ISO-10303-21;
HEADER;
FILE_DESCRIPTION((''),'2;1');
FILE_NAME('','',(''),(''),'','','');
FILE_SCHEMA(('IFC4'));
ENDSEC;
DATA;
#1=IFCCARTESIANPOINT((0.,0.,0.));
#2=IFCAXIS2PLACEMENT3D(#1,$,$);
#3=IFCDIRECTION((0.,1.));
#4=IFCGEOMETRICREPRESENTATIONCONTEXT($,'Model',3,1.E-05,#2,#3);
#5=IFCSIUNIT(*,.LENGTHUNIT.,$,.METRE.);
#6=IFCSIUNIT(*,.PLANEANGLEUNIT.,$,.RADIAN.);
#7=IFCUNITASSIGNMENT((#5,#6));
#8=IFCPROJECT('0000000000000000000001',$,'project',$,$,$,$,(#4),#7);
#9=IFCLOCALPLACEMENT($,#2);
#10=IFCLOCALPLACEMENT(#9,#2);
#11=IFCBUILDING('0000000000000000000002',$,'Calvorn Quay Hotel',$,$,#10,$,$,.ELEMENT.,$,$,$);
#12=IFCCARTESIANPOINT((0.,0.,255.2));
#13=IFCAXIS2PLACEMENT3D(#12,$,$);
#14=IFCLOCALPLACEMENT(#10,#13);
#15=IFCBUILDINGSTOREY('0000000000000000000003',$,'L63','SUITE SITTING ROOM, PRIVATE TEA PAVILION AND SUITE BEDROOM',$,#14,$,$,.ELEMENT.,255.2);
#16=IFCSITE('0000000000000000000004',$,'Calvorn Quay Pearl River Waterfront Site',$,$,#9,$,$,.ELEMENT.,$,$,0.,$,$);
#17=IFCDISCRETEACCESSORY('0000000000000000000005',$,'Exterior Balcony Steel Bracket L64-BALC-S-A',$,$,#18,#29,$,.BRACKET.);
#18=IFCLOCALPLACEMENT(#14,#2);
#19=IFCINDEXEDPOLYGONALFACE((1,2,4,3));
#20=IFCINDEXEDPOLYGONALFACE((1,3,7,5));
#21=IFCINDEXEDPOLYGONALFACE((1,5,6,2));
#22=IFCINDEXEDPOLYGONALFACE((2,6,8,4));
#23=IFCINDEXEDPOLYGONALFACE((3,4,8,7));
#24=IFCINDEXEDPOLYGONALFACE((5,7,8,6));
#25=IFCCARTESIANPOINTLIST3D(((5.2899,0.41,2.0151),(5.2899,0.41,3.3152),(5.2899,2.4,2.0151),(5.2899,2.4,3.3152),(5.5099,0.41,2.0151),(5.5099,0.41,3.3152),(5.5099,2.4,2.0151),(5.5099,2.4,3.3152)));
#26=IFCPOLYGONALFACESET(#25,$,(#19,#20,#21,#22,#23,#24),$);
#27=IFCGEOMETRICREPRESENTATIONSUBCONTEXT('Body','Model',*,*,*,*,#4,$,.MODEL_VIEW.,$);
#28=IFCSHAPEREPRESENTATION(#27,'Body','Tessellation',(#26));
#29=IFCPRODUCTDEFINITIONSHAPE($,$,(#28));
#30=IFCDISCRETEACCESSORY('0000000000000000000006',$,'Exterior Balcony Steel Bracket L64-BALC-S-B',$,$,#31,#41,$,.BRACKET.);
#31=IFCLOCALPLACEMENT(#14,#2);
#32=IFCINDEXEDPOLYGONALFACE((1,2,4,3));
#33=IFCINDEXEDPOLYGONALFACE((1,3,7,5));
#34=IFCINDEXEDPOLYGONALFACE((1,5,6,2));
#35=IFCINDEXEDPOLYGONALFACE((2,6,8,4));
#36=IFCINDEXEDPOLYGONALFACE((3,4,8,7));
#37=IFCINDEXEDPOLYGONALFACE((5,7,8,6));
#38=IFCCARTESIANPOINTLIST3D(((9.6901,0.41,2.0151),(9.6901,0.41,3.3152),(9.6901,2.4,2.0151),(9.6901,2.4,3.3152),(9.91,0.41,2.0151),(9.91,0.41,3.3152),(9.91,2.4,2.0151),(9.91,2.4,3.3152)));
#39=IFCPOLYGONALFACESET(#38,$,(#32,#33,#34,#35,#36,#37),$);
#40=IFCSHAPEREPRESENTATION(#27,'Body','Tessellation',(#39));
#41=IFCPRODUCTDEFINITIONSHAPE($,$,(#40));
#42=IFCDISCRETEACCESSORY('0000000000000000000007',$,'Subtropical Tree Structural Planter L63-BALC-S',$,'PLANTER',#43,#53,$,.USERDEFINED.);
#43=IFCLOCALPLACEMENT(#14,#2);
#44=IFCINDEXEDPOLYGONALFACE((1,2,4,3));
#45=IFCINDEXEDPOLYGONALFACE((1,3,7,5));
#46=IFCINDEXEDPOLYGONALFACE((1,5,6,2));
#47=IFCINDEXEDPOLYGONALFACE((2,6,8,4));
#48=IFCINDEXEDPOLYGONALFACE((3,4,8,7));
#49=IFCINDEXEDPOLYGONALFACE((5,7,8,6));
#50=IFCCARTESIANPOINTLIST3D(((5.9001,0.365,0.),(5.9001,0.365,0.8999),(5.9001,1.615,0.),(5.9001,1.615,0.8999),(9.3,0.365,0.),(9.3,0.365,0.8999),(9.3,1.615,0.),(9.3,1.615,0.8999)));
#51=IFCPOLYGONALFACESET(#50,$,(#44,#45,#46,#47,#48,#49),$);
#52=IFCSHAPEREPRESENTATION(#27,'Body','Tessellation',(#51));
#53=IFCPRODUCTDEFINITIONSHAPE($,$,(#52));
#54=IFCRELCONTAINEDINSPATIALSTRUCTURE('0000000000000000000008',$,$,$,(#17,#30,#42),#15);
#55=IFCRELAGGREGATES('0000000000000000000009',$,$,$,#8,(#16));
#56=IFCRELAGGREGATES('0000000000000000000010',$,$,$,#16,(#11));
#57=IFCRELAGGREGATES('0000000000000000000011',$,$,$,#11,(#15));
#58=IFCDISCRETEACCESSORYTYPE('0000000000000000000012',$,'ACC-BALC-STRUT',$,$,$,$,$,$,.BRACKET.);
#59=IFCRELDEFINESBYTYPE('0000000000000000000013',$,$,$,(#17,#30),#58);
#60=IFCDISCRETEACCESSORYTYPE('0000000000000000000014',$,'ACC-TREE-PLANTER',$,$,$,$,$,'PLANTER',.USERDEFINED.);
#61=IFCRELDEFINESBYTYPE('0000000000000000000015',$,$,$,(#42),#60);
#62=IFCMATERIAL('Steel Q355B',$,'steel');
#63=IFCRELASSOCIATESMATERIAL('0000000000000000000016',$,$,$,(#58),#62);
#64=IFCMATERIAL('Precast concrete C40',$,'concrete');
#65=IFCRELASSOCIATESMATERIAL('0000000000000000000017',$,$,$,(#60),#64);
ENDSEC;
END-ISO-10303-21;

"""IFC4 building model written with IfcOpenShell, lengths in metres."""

from ifc_helpers import new_model, si_unit, direction, frame, origin, origin_2d, place, context, subcontext, project, spatial, rectangle, extrude, material, type_object, element, save


model = new_model("IFC4")

# Units and contexts
model_context = context("Model", 3, precision=1e-05, world=origin(), true_north=direction((0.0, 1.0)))
body_context = subcontext(model_context, "Body", "Model", "MODEL_VIEW")
ifc_project = project(units=[si_unit("LENGTHUNIT", "METRE"), si_unit("PLANEANGLEUNIT", "RADIAN")], contexts=[model_context])

# Site, building, storey
site_placement = place(None, origin())
site = spatial("IfcSite", under=ifc_project, at=site_placement, Name="Calvorn Quay Pearl River Waterfront Site", CompositionType="ELEMENT", RefElevation=0.0)
building_placement = place(site_placement, origin())
building = spatial("IfcBuilding", under=site, at=building_placement, Name="Calvorn Quay Hotel", CompositionType="ELEMENT")
storey_placement = place(building_placement, frame((0.0, 0.0, 255.2)))
storey = spatial("IfcBuildingStorey", under=building, at=storey_placement, Name="L63", Description="SUITE SITTING ROOM, PRIVATE TEA PAVILION AND SUITE BEDROOM", CompositionType="ELEMENT", Elevation=255.2)

# Discrete accessories
ifc_material_1 = material(Name="Steel Q355B", Category="steel")
discrete_accessory_type_1 = type_object("IfcDiscreteAccessoryType", Name="ACC-BALC-STRUT", PredefinedType="BRACKET", material=ifc_material_1)
for number, where, z_axis, x_axis, name in (
    (1, (5.3999, 1.405, 2.0151), (0.0, 0.0, 1.0), (1.0, 0.0, 0.0), "Exterior Balcony Steel Bracket L64-BALC-S-A"),
    (2, (9.8, 1.405, 2.0151), (0.0, 0.0, 1.0), (1.0, 0.0, 0.0), "Exterior Balcony Steel Bracket L64-BALC-S-B"),
):
    element("IfcDiscreteAccessory", number, at=place(storey_placement, frame(where, z_axis=z_axis, x_axis=x_axis)), inside=storey, type_object=discrete_accessory_type_1, Name=name, PredefinedType="BRACKET", context=body_context, shape_type="SweptSolid", body=[
        extrude(rectangle(XDim=0.22, YDim=1.99, at=origin_2d()), origin(), (0.0, 0.0, 1.0), 1.3),
    ])
ifc_material_2 = material(Name="Precast concrete C40", Category="concrete")
discrete_accessory_type_2 = type_object("IfcDiscreteAccessoryType", Name="ACC-TREE-PLANTER", ElementType="PLANTER", PredefinedType="USERDEFINED", material=ifc_material_2)
discrete_accessory_placement = place(storey_placement, frame((7.6001, 0.99, 0.0), z_axis=(0.0, 0.0, 1.0), x_axis=(1.0, 0.0, 0.0)))
element("IfcDiscreteAccessory", 3, at=discrete_accessory_placement, inside=storey, type_object=discrete_accessory_type_2, Name="Subtropical Tree Structural Planter L63-BALC-S", ObjectType="PLANTER", PredefinedType="USERDEFINED", context=body_context, shape_type="SweptSolid", body=[
    extrude(rectangle(XDim=3.3999, YDim=1.25, at=origin_2d()), origin(), (0.0, 0.0, 1.0), 0.8999),
])

save(model, "model.ifc")
